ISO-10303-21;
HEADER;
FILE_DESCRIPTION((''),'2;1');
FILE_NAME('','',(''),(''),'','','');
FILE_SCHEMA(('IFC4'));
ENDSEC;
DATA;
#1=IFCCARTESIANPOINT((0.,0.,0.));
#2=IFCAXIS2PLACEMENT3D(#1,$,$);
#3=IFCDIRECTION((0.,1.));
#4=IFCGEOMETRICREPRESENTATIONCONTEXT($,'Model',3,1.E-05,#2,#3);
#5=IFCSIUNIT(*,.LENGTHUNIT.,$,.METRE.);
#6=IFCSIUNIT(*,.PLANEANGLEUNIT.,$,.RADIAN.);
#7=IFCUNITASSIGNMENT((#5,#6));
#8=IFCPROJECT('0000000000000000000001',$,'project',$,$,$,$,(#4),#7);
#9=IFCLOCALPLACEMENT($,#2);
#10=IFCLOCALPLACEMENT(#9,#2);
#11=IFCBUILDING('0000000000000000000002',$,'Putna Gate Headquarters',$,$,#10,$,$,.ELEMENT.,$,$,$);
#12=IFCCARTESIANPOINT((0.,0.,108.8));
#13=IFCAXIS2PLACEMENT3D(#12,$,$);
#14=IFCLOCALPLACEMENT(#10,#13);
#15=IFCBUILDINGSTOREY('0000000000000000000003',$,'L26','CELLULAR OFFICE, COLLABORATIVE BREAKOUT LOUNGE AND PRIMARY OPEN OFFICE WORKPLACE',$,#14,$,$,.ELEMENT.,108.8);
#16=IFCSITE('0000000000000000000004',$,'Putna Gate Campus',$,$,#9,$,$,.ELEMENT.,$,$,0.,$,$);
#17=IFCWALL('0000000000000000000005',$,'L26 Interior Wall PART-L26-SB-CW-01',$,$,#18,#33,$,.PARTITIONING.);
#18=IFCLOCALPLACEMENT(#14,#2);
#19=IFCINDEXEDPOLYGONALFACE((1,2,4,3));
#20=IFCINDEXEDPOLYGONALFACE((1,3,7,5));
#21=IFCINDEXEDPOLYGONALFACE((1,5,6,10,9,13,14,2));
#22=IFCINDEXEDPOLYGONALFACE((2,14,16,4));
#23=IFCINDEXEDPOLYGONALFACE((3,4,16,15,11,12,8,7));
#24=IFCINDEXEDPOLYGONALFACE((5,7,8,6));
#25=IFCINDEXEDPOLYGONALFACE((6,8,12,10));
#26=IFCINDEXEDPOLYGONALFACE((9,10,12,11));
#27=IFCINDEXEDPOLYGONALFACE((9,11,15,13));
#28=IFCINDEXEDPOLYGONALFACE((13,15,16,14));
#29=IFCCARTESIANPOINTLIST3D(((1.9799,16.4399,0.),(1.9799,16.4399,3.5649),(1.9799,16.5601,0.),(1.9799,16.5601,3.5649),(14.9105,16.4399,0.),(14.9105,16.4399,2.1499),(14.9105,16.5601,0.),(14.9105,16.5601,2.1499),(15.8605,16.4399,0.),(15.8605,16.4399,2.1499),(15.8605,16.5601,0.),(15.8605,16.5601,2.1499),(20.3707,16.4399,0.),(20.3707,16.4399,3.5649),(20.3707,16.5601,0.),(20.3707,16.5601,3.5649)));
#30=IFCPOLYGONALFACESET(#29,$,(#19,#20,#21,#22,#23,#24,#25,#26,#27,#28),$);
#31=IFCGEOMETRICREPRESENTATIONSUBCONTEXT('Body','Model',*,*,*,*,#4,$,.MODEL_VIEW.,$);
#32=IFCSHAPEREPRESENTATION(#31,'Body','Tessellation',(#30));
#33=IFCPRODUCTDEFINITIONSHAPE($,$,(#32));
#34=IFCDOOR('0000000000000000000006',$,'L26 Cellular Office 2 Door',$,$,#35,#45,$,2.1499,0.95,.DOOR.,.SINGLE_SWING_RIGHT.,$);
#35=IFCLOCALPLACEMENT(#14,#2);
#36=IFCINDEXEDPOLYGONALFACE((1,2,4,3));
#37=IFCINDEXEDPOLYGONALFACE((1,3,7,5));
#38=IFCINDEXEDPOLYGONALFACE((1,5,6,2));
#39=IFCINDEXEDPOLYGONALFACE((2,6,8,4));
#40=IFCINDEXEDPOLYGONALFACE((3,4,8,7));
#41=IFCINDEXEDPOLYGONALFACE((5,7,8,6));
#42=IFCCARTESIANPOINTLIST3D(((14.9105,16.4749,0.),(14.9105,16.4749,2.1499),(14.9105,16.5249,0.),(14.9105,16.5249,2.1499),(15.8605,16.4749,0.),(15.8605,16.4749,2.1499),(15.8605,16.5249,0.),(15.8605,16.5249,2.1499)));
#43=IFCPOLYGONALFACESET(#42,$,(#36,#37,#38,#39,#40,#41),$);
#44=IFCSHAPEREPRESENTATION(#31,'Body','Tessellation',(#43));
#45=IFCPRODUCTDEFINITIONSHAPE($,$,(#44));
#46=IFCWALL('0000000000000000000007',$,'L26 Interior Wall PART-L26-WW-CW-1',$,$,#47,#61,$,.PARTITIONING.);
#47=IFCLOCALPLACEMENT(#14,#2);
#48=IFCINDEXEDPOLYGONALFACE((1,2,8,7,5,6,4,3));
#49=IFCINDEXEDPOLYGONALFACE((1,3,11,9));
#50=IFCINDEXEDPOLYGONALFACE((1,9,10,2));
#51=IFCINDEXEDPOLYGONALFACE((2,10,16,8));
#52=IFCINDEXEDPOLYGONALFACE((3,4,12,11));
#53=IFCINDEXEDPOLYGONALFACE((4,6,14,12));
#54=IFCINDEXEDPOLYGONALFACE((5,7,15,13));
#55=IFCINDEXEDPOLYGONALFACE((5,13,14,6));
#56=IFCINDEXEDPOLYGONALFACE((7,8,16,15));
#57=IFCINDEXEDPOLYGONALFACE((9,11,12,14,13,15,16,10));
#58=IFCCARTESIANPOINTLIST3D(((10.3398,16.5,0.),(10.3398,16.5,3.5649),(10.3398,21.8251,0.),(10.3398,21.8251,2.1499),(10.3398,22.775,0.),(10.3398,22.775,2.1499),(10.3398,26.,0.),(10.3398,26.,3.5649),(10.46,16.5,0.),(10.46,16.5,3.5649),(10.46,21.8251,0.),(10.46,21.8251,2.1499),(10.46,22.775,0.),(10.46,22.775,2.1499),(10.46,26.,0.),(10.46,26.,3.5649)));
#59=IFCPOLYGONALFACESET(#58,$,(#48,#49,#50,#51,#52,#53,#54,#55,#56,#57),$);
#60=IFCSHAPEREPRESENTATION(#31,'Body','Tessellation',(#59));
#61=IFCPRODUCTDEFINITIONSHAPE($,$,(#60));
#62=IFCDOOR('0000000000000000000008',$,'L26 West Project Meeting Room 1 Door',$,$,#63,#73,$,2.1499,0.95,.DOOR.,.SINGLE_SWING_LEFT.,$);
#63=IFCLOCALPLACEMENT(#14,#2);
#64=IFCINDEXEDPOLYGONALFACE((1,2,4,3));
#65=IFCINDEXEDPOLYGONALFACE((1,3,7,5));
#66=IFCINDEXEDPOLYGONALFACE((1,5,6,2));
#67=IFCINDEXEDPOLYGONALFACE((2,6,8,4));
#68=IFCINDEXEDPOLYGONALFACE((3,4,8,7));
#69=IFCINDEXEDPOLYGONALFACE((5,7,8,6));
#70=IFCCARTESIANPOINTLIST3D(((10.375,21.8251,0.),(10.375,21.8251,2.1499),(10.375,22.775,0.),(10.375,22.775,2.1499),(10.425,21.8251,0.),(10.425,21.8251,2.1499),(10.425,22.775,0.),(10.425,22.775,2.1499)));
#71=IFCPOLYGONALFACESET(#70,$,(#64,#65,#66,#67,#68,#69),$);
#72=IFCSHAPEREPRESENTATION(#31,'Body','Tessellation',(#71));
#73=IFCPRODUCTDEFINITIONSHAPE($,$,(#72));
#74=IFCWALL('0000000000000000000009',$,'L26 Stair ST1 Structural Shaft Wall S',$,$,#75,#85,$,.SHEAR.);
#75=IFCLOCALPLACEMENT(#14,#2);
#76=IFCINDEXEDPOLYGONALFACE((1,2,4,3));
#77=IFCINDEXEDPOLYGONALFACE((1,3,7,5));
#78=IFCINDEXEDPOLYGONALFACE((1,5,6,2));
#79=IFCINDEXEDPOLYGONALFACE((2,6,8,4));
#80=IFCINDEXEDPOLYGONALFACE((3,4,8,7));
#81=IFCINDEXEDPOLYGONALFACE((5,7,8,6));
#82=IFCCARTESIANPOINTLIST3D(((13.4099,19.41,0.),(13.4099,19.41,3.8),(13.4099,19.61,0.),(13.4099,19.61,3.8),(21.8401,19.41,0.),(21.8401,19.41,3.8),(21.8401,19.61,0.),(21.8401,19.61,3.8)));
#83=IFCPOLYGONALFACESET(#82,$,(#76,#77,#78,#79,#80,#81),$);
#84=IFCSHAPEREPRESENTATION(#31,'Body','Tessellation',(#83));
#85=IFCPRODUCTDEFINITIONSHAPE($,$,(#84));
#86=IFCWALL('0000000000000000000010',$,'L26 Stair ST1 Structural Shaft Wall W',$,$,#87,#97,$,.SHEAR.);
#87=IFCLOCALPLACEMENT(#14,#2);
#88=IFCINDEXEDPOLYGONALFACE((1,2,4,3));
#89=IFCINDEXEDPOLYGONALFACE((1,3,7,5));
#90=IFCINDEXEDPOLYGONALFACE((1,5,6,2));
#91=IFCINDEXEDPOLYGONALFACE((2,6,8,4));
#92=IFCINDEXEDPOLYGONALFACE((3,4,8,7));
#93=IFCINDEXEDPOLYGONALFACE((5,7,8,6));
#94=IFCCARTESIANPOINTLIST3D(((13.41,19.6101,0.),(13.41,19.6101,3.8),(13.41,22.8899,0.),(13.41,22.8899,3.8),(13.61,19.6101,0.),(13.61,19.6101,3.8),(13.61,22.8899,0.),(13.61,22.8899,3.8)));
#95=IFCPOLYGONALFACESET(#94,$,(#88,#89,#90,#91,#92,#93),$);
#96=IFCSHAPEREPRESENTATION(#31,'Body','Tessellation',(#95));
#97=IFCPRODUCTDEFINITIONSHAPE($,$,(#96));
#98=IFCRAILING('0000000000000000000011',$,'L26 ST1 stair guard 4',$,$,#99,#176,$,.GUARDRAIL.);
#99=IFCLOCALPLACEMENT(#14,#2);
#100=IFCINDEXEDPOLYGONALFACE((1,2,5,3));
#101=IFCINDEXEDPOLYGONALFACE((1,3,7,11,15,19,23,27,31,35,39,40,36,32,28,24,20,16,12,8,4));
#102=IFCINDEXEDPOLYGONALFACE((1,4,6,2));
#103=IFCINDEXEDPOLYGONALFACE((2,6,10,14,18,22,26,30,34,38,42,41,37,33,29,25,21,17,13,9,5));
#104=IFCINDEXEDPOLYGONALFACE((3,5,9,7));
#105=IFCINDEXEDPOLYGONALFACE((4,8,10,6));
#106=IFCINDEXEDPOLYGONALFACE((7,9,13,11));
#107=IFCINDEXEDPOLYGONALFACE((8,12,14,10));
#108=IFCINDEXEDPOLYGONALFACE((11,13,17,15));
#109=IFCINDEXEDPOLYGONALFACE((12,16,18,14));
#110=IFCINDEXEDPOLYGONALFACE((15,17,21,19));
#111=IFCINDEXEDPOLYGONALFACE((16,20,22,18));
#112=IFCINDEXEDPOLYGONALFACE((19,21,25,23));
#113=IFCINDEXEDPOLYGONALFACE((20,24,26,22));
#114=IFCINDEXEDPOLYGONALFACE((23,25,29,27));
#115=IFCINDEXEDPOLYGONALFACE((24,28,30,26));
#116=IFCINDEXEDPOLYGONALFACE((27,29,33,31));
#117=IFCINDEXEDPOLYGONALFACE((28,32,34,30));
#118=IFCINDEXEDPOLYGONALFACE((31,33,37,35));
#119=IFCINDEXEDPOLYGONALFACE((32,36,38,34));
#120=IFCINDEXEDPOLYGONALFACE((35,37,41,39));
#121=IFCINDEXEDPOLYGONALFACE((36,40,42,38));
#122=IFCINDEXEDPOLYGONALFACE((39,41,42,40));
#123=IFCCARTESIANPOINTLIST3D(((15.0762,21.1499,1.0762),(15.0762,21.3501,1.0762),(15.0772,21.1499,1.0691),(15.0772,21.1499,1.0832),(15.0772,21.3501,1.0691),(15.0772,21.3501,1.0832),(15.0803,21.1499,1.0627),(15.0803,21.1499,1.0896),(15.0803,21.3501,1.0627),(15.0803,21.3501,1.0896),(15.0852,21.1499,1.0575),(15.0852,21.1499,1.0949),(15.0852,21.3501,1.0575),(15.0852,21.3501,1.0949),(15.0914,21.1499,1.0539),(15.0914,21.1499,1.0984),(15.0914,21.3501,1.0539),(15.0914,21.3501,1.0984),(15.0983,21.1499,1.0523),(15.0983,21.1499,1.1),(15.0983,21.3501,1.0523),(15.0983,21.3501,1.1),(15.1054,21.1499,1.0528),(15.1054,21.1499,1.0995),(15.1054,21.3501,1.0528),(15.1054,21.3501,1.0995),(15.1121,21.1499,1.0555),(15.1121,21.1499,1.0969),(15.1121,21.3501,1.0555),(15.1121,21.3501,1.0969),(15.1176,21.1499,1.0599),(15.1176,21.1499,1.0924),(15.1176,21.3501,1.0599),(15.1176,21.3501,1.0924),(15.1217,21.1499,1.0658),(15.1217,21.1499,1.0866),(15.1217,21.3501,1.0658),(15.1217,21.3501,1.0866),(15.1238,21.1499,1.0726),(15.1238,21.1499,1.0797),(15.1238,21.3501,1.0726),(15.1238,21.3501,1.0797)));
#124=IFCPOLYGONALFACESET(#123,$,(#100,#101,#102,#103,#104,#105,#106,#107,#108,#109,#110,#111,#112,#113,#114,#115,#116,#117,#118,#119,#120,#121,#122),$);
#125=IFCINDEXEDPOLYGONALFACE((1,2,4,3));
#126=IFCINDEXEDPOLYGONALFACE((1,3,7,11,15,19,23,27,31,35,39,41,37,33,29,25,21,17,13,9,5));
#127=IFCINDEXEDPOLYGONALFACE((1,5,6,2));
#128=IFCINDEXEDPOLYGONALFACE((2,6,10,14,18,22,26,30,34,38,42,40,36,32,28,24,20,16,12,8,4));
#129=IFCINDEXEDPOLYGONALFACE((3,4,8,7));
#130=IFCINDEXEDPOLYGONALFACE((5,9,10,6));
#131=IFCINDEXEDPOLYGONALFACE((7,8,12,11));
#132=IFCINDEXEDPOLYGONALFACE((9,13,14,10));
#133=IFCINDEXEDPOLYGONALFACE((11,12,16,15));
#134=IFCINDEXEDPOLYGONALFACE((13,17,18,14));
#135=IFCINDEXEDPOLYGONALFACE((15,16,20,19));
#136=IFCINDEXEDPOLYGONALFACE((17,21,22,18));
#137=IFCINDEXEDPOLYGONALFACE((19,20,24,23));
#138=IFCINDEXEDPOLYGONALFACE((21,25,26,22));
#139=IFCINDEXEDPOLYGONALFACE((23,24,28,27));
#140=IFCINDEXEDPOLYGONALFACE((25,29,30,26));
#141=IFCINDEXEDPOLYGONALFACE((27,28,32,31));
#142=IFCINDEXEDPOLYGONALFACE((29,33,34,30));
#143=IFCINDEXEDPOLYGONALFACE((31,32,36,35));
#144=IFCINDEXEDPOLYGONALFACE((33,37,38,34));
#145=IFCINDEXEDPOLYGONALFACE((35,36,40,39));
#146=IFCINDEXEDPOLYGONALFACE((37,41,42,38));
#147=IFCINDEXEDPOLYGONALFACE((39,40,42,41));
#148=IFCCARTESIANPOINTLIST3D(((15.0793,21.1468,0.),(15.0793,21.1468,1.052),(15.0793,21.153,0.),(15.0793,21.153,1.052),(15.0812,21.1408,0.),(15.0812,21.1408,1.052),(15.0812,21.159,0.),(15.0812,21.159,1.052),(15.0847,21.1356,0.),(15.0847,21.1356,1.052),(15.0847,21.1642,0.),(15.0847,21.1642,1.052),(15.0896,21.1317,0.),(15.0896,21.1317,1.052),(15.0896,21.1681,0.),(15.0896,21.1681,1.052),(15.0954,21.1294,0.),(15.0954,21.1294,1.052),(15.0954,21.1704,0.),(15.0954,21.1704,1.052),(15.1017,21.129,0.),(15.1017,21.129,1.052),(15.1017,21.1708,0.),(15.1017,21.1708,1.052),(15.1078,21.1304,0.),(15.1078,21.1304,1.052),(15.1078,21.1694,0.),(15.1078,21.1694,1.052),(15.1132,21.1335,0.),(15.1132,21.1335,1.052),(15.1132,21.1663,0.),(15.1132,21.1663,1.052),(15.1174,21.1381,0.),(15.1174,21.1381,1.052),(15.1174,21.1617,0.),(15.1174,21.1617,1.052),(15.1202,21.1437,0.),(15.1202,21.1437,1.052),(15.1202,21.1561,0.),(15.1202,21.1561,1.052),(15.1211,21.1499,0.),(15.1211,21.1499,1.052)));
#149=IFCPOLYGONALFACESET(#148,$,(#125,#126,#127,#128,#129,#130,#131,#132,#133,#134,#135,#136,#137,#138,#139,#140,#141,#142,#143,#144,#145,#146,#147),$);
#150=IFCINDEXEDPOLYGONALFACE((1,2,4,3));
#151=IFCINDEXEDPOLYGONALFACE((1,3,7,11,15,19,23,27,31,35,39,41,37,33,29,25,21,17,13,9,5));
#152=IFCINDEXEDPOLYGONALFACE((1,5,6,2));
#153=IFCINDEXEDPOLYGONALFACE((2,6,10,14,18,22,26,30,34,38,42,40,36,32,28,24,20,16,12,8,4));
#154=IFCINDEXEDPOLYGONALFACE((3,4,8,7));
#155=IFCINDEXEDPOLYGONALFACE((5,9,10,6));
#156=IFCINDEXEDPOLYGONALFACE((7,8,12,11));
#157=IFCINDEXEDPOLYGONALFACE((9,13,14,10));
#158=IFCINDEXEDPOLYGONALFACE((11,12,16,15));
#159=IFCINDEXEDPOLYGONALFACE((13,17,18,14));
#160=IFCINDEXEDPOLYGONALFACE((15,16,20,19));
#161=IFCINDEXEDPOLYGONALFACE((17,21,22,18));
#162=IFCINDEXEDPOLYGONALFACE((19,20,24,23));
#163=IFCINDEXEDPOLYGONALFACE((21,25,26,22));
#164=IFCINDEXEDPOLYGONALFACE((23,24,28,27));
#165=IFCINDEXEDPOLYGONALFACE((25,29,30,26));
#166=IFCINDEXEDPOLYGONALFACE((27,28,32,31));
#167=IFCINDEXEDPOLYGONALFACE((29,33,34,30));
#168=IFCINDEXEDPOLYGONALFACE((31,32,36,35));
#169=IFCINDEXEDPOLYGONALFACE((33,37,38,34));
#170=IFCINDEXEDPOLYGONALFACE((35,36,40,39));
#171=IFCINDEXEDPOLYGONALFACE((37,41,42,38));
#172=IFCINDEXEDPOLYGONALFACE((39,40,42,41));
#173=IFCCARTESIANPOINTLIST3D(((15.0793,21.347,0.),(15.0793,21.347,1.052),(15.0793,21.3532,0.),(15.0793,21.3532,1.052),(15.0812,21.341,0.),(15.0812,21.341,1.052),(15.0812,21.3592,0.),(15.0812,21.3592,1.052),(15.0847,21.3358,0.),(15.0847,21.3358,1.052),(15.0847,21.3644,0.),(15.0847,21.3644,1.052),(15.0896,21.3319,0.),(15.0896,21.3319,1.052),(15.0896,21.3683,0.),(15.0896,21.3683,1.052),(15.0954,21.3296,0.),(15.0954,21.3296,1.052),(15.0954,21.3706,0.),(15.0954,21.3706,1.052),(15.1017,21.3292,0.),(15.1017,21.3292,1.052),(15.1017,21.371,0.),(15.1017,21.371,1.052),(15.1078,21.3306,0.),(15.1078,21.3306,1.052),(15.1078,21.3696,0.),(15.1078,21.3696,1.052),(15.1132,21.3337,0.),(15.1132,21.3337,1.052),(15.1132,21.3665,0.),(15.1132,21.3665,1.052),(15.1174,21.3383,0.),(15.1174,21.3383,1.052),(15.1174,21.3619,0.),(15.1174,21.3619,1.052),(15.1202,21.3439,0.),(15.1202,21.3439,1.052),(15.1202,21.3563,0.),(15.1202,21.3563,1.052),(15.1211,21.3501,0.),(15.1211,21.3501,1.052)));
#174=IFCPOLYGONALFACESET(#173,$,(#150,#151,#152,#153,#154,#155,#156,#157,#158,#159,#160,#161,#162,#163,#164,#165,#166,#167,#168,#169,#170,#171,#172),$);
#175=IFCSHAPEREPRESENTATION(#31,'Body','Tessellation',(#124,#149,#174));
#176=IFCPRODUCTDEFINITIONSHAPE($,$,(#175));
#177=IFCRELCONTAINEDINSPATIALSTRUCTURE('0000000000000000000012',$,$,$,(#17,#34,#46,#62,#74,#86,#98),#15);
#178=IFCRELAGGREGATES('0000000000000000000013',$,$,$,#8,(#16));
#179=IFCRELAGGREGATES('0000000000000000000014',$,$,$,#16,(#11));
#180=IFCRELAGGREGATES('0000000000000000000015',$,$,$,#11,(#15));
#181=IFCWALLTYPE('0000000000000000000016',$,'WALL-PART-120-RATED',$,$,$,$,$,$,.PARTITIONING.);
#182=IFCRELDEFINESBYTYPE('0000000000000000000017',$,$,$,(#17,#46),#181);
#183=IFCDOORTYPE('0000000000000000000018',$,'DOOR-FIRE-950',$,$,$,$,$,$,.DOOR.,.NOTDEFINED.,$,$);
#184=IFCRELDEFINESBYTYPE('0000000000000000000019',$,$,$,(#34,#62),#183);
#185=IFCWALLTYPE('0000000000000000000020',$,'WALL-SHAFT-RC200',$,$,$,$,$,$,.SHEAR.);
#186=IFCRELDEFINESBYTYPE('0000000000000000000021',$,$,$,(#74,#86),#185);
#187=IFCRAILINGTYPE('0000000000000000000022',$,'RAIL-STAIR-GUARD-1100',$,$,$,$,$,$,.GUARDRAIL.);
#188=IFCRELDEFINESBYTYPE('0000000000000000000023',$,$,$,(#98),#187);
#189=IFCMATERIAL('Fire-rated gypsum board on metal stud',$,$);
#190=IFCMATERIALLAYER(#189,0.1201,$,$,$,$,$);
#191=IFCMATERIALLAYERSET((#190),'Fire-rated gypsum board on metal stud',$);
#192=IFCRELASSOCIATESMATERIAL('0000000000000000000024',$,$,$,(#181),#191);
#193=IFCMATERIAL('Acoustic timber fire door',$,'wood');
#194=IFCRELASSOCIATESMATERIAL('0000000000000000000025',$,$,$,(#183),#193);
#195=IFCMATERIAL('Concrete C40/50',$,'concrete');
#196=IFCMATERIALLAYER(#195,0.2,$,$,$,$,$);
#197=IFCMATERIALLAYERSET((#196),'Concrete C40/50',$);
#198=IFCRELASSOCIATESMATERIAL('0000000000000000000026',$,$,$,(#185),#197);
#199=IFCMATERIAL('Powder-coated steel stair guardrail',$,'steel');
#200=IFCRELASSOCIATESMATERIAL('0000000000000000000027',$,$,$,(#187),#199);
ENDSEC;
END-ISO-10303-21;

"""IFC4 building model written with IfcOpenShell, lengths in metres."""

from ifc_helpers import new_model, si_unit, direction, frame, frame_2d, origin, origin_2d, place, context, subcontext, project, spatial, rectangle, circle, extrude, material, layer, layer_set, type_object, element, fill, save


model = new_model("IFC4")

# Units and contexts
model_context = context("Model", 3, precision=1e-05, world=origin(), true_north=direction((0.0, 1.0)))
body_context = subcontext(model_context, "Body", "Model", "MODEL_VIEW")
ifc_project = project(units=[si_unit("LENGTHUNIT", "METRE"), si_unit("PLANEANGLEUNIT", "RADIAN")], contexts=[model_context])

# Site, building, storey
site_placement = place(None, origin())
site = spatial("IfcSite", under=ifc_project, at=site_placement, Name="Putna Gate Campus", CompositionType="ELEMENT", RefElevation=0.0)
building_placement = place(site_placement, origin())
building = spatial("IfcBuilding", under=site, at=building_placement, Name="Putna Gate Headquarters", CompositionType="ELEMENT")
storey_placement = place(building_placement, frame((0.0, 0.0, 108.8)))
storey = spatial("IfcBuildingStorey", under=building, at=storey_placement, Name="L26", Description="CELLULAR OFFICE, COLLABORATIVE BREAKOUT LOUNGE AND PRIMARY OPEN OFFICE WORKPLACE", CompositionType="ELEMENT", Elevation=108.8)

# Walls, openings, doors
ifc_material_1 = material(Name="Fire-rated gypsum board on metal stud")
ifc_layer_1 = layer(ifc_material_1, 0.1201)
ifc_layer_set_1 = layer_set([ifc_layer_1], Name="Fire-rated gypsum board on metal stud")
wall_type_1 = type_object("IfcWallType", Name="WALL-PART-120-RATED", PredefinedType="PARTITIONING", material=ifc_layer_set_1)
wall_1_placement = place(storey_placement, frame((1.98, 16.5, 0.0), z_axis=(0.0, 0.0, 1.0), x_axis=(1.0, 0.0, 0.0)))
wall_1 = element("IfcWall", 1, at=wall_1_placement, inside=storey, type_object=wall_type_1, Name="L26 Interior Wall PART-L26-SB-CW-01", PredefinedType="PARTITIONING", context=body_context, shape_type="SweptSolid", body=[
    extrude(rectangle(XDim=18.3909, YDim=0.1201, at=frame_2d((9.1953, 0.0))), origin(), (0.0, 0.0, 1.0), 3.5649),
])
opening_1_placement = place(wall_1_placement, frame((12.9304, 0.0, 0.0)))
opening_1 = element("IfcOpeningElement", 2, at=opening_1_placement, cuts=wall_1, PredefinedType="OPENING", context=body_context, shape_type="SweptSolid", body=[
    extrude(rectangle(XDim=0.95, YDim=2.1499, at=frame_2d((0.4751, 1.075))), frame((0.0, 0.0701, 0.0), z_axis=(0.0, -1.0, 0.0), x_axis=(1.0, 0.0, 0.0)), (0.0, 0.0, 1.0), 0.1401),
])
ifc_material_2 = material(Name="Acoustic timber fire door", Category="wood")
door_type_1 = type_object("IfcDoorType", Name="DOOR-FIRE-950", OperationType="NOTDEFINED", PredefinedType="DOOR", material=ifc_material_2)
door_1_placement = place(opening_1_placement, origin())
door_1 = element("IfcDoor", 3, at=door_1_placement, inside=storey, type_object=door_type_1, Name="L26 Cellular Office 2 Door", OperationType="SINGLE_SWING_RIGHT", OverallHeight=2.1499, OverallWidth=0.95, PredefinedType="DOOR", context=body_context, shape_type="SweptSolid", body=[
    extrude(rectangle(XDim=0.95, YDim=2.1499, at=frame_2d((0.4751, 1.075))), frame((0.0, 0.0249, 0.0), z_axis=(0.0, -1.0, 0.0), x_axis=(1.0, 0.0, 0.0)), (0.0, 0.0, 1.0), 0.05),
])
fill(opening_1, door_1)
wall_2_placement = place(storey_placement, frame((10.3999, 16.5, 0.0), z_axis=(0.0, 0.0, 1.0), x_axis=(0.0, 1.0, 0.0)))
wall_2 = element("IfcWall", 4, at=wall_2_placement, inside=storey, type_object=wall_type_1, Name="L26 Interior Wall PART-L26-WW-CW-1", PredefinedType="PARTITIONING", context=body_context, shape_type="SweptSolid", body=[
    extrude(rectangle(XDim=9.5, YDim=0.1201, at=frame_2d((4.75, 0.0))), origin(), (0.0, 0.0, 1.0), 3.5649),
])
opening_2_placement = place(wall_2_placement, frame((5.325, 0.0, 0.0)))
opening_2 = element("IfcOpeningElement", 5, at=opening_2_placement, cuts=wall_2, PredefinedType="OPENING", context=body_context, shape_type="SweptSolid", body=[
    extrude(rectangle(XDim=0.95, YDim=2.1499, at=frame_2d((0.4751, 1.075))), frame((0.0, 0.0701, 0.0), z_axis=(0.0, -1.0, 0.0), x_axis=(1.0, 0.0, 0.0)), (0.0, 0.0, 1.0), 0.1401),
])
door_2_placement = place(opening_2_placement, origin())
door_2 = element("IfcDoor", 6, at=door_2_placement, inside=storey, type_object=door_type_1, Name="L26 West Project Meeting Room 1 Door", OperationType="SINGLE_SWING_LEFT", OverallHeight=2.1499, OverallWidth=0.95, PredefinedType="DOOR", context=body_context, shape_type="SweptSolid", body=[
    extrude(rectangle(XDim=0.95, YDim=2.1499, at=frame_2d((0.4751, 1.075))), frame((0.0, 0.0249, 0.0), z_axis=(0.0, -1.0, 0.0), x_axis=(1.0, 0.0, 0.0)), (0.0, 0.0, 1.0), 0.05),
])
fill(opening_2, door_2)

# Walls
ifc_material_3 = material(Name="Concrete C40/50", Category="concrete")
ifc_layer_2 = layer(ifc_material_3, 0.2)
ifc_layer_set_2 = layer_set([ifc_layer_2], Name="Concrete C40/50")
wall_type_2 = type_object("IfcWallType", Name="WALL-SHAFT-RC200", PredefinedType="SHEAR", material=ifc_layer_set_2)
wall_3_placement = place(storey_placement, frame((13.4099, 19.51, 0.0), z_axis=(0.0, 0.0, 1.0), x_axis=(1.0, 0.0, 0.0)))
element("IfcWall", 7, at=wall_3_placement, inside=storey, type_object=wall_type_2, Name="L26 Stair ST1 Structural Shaft Wall S", PredefinedType="SHEAR", context=body_context, shape_type="SweptSolid", body=[
    extrude(rectangle(XDim=8.4302, YDim=0.2, at=frame_2d((4.2151, 0.0))), origin(), (0.0, 0.0, 1.0), 3.8),
])
wall_4_placement = place(storey_placement, frame((13.51, 19.6101, 0.0), z_axis=(0.0, 0.0, 1.0), x_axis=(0.0, 1.0, 0.0)))
element("IfcWall", 8, at=wall_4_placement, inside=storey, type_object=wall_type_2, Name="L26 Stair ST1 Structural Shaft Wall W", PredefinedType="SHEAR", context=body_context, shape_type="SweptSolid", body=[
    extrude(rectangle(XDim=3.2798, YDim=0.2, at=frame_2d((1.6399, 0.0))), origin(), (0.0, 0.0, 1.0), 3.8),
])

# Railing
ifc_material_4 = material(Name="Powder-coated steel stair guardrail", Category="steel")
railing_type_1 = type_object("IfcRailingType", Name="RAIL-STAIR-GUARD-1100", PredefinedType="GUARDRAIL", material=ifc_material_4)
railing_1_placement = place(storey_placement, frame((15.1001, 21.1499, 0.0)))
element("IfcRailing", 9, at=railing_1_placement, inside=storey, type_object=railing_type_1, Name="L26 ST1 stair guard 4", PredefinedType="GUARDRAIL", context=body_context, shape_type="SweptSolid", body=[
    extrude(circle(Radius=0.0239, at=origin_2d()), frame((0.0, 0.0, 1.0762), z_axis=(0.0, 1.0, 0.0), x_axis=(-1.0, 0.0, 0.0)), (0.0, 0.0, 1.0), 0.2002),
    extrude(circle(Radius=0.021, at=origin_2d()), origin(), (0.0, 0.0, 1.0), 1.052),
    extrude(circle(Radius=0.021, at=origin_2d()), frame((0.0, 0.2002, 0.0)), (0.0, 0.0, 1.0), 1.052),
])

save(model, "model.ifc")
